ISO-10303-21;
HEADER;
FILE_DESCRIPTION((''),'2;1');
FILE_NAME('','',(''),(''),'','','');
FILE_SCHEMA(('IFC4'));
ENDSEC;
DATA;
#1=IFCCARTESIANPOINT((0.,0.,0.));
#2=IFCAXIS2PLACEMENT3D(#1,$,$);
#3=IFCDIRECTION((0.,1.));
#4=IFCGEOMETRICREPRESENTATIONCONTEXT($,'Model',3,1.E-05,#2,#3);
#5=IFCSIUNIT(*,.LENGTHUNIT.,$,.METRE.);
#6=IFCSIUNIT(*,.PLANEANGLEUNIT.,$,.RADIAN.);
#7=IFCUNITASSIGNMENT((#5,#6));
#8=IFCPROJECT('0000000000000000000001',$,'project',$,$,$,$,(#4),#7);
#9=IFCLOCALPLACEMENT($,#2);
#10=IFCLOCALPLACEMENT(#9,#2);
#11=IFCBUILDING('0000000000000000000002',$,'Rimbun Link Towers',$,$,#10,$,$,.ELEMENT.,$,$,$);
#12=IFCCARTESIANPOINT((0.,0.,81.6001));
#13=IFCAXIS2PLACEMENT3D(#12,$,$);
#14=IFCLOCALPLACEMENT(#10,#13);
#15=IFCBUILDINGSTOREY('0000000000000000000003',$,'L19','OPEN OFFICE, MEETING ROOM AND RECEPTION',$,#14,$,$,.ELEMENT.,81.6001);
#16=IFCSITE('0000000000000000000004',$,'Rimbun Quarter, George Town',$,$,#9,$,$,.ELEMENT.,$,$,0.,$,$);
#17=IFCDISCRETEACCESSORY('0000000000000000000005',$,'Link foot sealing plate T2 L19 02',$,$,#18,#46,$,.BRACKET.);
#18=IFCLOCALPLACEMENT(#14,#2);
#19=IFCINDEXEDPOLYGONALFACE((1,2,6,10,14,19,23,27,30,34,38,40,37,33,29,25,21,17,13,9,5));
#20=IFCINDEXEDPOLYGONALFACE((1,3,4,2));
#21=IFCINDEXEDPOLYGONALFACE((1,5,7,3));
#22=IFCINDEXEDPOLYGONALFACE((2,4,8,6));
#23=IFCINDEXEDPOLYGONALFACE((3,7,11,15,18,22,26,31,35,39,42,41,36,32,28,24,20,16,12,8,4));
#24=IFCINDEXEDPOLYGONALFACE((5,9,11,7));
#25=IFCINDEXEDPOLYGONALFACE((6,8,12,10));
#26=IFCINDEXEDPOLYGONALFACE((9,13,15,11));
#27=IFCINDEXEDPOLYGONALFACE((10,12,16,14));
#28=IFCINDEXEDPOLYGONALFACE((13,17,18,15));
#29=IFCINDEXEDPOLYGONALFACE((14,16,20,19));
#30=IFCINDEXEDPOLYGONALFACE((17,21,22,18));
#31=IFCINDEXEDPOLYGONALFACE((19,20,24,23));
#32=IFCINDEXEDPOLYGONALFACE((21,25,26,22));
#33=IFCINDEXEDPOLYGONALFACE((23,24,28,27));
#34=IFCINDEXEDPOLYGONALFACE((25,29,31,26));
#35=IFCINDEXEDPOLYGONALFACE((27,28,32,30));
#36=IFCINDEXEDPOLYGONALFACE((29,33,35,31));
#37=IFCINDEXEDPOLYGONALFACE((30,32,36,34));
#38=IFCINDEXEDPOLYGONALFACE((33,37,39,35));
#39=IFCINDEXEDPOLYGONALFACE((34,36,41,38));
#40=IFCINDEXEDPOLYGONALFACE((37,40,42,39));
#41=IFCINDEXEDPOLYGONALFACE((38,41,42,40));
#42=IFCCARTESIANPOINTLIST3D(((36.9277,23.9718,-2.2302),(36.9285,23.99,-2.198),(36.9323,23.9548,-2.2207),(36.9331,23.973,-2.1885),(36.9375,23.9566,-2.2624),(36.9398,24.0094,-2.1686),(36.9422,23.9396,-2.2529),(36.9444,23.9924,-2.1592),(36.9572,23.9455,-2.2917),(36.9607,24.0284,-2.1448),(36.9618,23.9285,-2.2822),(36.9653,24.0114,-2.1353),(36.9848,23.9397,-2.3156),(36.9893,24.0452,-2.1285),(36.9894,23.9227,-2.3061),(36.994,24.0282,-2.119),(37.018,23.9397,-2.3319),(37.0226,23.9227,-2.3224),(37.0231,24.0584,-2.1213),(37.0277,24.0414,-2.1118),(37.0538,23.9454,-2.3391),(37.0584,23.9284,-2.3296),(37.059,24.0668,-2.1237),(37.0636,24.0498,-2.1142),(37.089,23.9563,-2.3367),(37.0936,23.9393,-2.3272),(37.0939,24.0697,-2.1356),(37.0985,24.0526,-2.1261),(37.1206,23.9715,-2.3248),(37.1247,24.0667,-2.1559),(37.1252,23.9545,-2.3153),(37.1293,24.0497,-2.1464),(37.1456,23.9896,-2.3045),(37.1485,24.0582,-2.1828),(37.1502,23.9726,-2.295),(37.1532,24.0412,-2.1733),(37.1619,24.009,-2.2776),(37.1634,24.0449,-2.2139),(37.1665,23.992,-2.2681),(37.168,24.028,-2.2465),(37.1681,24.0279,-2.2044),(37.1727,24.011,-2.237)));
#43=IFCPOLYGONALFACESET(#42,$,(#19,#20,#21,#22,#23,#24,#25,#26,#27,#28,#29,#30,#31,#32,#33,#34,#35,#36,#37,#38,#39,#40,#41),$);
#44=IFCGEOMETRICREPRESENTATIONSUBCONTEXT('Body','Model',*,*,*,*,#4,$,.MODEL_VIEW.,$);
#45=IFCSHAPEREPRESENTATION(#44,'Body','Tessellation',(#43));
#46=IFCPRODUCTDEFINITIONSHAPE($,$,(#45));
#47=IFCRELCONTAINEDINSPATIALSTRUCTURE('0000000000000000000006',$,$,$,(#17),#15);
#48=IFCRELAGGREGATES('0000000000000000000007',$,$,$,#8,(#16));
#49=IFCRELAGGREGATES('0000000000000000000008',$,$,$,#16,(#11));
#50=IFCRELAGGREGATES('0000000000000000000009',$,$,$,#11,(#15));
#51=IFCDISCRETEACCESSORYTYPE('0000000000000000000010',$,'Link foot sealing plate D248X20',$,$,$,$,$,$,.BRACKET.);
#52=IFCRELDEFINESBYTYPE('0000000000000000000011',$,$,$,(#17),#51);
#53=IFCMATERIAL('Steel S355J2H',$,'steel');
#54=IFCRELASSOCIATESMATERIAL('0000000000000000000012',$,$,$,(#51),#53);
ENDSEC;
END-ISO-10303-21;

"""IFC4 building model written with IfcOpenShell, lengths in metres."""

from ifc_helpers import new_model, si_unit, direction, frame, origin, origin_2d, place, context, subcontext, project, spatial, circle, extrude, material, material_profile, profile_set, type_object, element, save


model = new_model("IFC4")

# Units and contexts
model_context = context("Model", 3, precision=1e-05, world=origin(), true_north=direction((0.0, 1.0)))
body_context = subcontext(model_context, "Body", "Model", "MODEL_VIEW")
ifc_project = project(units=[si_unit("LENGTHUNIT", "METRE"), si_unit("PLANEANGLEUNIT", "RADIAN")], contexts=[model_context])

# Site, building, storey
site_placement = place(None, origin())
site = spatial("IfcSite", under=ifc_project, at=site_placement, Name="Rimbun Quarter, George Town", CompositionType="ELEMENT", RefElevation=0.0)
building_placement = place(site_placement, origin())
building = spatial("IfcBuilding", under=site, at=building_placement, Name="Rimbun Link Towers", CompositionType="ELEMENT")
storey_placement = place(building_placement, frame((0.0, 0.0, 81.6001)))
storey = spatial("IfcBuildingStorey", under=building, at=storey_placement, Name="L19", Description="OPEN OFFICE, MEETING ROOM AND RECEPTION", CompositionType="ELEMENT", Elevation=81.6001)

# Discrete accessory
ifc_material_1 = material(Name="Steel S355J2H", Category="steel")
ifc_material_profile_1 = material_profile(ifc_material_1, circle(Radius=0.124, at=origin_2d()), Name="PL D248")
ifc_profile_set_1 = profile_set([ifc_material_profile_1], Name="Steel S355J2H")
discrete_accessory_type = type_object("IfcDiscreteAccessoryType", Name="Link foot sealing plate D248X20", PredefinedType="BRACKET", material=ifc_profile_set_1)
discrete_accessory_placement = place(storey_placement, frame((37.052, 23.9873, -2.2207), z_axis=(-0.230714, 0.85, -0.473572), x_axis=(-0.965081, -0.261951, 0.0)))
element("IfcDiscreteAccessory", 1, at=discrete_accessory_placement, inside=storey, type_object=discrete_accessory_type, Name="Link foot sealing plate T2 L19 02", PredefinedType="BRACKET", context=body_context, shape_type="SweptSolid", body=[
    extrude(circle(Radius=0.124, at=origin_2d()), origin(), (0.0, 0.0, 1.0), 0.02),
])

save(model, "model.ifc")
